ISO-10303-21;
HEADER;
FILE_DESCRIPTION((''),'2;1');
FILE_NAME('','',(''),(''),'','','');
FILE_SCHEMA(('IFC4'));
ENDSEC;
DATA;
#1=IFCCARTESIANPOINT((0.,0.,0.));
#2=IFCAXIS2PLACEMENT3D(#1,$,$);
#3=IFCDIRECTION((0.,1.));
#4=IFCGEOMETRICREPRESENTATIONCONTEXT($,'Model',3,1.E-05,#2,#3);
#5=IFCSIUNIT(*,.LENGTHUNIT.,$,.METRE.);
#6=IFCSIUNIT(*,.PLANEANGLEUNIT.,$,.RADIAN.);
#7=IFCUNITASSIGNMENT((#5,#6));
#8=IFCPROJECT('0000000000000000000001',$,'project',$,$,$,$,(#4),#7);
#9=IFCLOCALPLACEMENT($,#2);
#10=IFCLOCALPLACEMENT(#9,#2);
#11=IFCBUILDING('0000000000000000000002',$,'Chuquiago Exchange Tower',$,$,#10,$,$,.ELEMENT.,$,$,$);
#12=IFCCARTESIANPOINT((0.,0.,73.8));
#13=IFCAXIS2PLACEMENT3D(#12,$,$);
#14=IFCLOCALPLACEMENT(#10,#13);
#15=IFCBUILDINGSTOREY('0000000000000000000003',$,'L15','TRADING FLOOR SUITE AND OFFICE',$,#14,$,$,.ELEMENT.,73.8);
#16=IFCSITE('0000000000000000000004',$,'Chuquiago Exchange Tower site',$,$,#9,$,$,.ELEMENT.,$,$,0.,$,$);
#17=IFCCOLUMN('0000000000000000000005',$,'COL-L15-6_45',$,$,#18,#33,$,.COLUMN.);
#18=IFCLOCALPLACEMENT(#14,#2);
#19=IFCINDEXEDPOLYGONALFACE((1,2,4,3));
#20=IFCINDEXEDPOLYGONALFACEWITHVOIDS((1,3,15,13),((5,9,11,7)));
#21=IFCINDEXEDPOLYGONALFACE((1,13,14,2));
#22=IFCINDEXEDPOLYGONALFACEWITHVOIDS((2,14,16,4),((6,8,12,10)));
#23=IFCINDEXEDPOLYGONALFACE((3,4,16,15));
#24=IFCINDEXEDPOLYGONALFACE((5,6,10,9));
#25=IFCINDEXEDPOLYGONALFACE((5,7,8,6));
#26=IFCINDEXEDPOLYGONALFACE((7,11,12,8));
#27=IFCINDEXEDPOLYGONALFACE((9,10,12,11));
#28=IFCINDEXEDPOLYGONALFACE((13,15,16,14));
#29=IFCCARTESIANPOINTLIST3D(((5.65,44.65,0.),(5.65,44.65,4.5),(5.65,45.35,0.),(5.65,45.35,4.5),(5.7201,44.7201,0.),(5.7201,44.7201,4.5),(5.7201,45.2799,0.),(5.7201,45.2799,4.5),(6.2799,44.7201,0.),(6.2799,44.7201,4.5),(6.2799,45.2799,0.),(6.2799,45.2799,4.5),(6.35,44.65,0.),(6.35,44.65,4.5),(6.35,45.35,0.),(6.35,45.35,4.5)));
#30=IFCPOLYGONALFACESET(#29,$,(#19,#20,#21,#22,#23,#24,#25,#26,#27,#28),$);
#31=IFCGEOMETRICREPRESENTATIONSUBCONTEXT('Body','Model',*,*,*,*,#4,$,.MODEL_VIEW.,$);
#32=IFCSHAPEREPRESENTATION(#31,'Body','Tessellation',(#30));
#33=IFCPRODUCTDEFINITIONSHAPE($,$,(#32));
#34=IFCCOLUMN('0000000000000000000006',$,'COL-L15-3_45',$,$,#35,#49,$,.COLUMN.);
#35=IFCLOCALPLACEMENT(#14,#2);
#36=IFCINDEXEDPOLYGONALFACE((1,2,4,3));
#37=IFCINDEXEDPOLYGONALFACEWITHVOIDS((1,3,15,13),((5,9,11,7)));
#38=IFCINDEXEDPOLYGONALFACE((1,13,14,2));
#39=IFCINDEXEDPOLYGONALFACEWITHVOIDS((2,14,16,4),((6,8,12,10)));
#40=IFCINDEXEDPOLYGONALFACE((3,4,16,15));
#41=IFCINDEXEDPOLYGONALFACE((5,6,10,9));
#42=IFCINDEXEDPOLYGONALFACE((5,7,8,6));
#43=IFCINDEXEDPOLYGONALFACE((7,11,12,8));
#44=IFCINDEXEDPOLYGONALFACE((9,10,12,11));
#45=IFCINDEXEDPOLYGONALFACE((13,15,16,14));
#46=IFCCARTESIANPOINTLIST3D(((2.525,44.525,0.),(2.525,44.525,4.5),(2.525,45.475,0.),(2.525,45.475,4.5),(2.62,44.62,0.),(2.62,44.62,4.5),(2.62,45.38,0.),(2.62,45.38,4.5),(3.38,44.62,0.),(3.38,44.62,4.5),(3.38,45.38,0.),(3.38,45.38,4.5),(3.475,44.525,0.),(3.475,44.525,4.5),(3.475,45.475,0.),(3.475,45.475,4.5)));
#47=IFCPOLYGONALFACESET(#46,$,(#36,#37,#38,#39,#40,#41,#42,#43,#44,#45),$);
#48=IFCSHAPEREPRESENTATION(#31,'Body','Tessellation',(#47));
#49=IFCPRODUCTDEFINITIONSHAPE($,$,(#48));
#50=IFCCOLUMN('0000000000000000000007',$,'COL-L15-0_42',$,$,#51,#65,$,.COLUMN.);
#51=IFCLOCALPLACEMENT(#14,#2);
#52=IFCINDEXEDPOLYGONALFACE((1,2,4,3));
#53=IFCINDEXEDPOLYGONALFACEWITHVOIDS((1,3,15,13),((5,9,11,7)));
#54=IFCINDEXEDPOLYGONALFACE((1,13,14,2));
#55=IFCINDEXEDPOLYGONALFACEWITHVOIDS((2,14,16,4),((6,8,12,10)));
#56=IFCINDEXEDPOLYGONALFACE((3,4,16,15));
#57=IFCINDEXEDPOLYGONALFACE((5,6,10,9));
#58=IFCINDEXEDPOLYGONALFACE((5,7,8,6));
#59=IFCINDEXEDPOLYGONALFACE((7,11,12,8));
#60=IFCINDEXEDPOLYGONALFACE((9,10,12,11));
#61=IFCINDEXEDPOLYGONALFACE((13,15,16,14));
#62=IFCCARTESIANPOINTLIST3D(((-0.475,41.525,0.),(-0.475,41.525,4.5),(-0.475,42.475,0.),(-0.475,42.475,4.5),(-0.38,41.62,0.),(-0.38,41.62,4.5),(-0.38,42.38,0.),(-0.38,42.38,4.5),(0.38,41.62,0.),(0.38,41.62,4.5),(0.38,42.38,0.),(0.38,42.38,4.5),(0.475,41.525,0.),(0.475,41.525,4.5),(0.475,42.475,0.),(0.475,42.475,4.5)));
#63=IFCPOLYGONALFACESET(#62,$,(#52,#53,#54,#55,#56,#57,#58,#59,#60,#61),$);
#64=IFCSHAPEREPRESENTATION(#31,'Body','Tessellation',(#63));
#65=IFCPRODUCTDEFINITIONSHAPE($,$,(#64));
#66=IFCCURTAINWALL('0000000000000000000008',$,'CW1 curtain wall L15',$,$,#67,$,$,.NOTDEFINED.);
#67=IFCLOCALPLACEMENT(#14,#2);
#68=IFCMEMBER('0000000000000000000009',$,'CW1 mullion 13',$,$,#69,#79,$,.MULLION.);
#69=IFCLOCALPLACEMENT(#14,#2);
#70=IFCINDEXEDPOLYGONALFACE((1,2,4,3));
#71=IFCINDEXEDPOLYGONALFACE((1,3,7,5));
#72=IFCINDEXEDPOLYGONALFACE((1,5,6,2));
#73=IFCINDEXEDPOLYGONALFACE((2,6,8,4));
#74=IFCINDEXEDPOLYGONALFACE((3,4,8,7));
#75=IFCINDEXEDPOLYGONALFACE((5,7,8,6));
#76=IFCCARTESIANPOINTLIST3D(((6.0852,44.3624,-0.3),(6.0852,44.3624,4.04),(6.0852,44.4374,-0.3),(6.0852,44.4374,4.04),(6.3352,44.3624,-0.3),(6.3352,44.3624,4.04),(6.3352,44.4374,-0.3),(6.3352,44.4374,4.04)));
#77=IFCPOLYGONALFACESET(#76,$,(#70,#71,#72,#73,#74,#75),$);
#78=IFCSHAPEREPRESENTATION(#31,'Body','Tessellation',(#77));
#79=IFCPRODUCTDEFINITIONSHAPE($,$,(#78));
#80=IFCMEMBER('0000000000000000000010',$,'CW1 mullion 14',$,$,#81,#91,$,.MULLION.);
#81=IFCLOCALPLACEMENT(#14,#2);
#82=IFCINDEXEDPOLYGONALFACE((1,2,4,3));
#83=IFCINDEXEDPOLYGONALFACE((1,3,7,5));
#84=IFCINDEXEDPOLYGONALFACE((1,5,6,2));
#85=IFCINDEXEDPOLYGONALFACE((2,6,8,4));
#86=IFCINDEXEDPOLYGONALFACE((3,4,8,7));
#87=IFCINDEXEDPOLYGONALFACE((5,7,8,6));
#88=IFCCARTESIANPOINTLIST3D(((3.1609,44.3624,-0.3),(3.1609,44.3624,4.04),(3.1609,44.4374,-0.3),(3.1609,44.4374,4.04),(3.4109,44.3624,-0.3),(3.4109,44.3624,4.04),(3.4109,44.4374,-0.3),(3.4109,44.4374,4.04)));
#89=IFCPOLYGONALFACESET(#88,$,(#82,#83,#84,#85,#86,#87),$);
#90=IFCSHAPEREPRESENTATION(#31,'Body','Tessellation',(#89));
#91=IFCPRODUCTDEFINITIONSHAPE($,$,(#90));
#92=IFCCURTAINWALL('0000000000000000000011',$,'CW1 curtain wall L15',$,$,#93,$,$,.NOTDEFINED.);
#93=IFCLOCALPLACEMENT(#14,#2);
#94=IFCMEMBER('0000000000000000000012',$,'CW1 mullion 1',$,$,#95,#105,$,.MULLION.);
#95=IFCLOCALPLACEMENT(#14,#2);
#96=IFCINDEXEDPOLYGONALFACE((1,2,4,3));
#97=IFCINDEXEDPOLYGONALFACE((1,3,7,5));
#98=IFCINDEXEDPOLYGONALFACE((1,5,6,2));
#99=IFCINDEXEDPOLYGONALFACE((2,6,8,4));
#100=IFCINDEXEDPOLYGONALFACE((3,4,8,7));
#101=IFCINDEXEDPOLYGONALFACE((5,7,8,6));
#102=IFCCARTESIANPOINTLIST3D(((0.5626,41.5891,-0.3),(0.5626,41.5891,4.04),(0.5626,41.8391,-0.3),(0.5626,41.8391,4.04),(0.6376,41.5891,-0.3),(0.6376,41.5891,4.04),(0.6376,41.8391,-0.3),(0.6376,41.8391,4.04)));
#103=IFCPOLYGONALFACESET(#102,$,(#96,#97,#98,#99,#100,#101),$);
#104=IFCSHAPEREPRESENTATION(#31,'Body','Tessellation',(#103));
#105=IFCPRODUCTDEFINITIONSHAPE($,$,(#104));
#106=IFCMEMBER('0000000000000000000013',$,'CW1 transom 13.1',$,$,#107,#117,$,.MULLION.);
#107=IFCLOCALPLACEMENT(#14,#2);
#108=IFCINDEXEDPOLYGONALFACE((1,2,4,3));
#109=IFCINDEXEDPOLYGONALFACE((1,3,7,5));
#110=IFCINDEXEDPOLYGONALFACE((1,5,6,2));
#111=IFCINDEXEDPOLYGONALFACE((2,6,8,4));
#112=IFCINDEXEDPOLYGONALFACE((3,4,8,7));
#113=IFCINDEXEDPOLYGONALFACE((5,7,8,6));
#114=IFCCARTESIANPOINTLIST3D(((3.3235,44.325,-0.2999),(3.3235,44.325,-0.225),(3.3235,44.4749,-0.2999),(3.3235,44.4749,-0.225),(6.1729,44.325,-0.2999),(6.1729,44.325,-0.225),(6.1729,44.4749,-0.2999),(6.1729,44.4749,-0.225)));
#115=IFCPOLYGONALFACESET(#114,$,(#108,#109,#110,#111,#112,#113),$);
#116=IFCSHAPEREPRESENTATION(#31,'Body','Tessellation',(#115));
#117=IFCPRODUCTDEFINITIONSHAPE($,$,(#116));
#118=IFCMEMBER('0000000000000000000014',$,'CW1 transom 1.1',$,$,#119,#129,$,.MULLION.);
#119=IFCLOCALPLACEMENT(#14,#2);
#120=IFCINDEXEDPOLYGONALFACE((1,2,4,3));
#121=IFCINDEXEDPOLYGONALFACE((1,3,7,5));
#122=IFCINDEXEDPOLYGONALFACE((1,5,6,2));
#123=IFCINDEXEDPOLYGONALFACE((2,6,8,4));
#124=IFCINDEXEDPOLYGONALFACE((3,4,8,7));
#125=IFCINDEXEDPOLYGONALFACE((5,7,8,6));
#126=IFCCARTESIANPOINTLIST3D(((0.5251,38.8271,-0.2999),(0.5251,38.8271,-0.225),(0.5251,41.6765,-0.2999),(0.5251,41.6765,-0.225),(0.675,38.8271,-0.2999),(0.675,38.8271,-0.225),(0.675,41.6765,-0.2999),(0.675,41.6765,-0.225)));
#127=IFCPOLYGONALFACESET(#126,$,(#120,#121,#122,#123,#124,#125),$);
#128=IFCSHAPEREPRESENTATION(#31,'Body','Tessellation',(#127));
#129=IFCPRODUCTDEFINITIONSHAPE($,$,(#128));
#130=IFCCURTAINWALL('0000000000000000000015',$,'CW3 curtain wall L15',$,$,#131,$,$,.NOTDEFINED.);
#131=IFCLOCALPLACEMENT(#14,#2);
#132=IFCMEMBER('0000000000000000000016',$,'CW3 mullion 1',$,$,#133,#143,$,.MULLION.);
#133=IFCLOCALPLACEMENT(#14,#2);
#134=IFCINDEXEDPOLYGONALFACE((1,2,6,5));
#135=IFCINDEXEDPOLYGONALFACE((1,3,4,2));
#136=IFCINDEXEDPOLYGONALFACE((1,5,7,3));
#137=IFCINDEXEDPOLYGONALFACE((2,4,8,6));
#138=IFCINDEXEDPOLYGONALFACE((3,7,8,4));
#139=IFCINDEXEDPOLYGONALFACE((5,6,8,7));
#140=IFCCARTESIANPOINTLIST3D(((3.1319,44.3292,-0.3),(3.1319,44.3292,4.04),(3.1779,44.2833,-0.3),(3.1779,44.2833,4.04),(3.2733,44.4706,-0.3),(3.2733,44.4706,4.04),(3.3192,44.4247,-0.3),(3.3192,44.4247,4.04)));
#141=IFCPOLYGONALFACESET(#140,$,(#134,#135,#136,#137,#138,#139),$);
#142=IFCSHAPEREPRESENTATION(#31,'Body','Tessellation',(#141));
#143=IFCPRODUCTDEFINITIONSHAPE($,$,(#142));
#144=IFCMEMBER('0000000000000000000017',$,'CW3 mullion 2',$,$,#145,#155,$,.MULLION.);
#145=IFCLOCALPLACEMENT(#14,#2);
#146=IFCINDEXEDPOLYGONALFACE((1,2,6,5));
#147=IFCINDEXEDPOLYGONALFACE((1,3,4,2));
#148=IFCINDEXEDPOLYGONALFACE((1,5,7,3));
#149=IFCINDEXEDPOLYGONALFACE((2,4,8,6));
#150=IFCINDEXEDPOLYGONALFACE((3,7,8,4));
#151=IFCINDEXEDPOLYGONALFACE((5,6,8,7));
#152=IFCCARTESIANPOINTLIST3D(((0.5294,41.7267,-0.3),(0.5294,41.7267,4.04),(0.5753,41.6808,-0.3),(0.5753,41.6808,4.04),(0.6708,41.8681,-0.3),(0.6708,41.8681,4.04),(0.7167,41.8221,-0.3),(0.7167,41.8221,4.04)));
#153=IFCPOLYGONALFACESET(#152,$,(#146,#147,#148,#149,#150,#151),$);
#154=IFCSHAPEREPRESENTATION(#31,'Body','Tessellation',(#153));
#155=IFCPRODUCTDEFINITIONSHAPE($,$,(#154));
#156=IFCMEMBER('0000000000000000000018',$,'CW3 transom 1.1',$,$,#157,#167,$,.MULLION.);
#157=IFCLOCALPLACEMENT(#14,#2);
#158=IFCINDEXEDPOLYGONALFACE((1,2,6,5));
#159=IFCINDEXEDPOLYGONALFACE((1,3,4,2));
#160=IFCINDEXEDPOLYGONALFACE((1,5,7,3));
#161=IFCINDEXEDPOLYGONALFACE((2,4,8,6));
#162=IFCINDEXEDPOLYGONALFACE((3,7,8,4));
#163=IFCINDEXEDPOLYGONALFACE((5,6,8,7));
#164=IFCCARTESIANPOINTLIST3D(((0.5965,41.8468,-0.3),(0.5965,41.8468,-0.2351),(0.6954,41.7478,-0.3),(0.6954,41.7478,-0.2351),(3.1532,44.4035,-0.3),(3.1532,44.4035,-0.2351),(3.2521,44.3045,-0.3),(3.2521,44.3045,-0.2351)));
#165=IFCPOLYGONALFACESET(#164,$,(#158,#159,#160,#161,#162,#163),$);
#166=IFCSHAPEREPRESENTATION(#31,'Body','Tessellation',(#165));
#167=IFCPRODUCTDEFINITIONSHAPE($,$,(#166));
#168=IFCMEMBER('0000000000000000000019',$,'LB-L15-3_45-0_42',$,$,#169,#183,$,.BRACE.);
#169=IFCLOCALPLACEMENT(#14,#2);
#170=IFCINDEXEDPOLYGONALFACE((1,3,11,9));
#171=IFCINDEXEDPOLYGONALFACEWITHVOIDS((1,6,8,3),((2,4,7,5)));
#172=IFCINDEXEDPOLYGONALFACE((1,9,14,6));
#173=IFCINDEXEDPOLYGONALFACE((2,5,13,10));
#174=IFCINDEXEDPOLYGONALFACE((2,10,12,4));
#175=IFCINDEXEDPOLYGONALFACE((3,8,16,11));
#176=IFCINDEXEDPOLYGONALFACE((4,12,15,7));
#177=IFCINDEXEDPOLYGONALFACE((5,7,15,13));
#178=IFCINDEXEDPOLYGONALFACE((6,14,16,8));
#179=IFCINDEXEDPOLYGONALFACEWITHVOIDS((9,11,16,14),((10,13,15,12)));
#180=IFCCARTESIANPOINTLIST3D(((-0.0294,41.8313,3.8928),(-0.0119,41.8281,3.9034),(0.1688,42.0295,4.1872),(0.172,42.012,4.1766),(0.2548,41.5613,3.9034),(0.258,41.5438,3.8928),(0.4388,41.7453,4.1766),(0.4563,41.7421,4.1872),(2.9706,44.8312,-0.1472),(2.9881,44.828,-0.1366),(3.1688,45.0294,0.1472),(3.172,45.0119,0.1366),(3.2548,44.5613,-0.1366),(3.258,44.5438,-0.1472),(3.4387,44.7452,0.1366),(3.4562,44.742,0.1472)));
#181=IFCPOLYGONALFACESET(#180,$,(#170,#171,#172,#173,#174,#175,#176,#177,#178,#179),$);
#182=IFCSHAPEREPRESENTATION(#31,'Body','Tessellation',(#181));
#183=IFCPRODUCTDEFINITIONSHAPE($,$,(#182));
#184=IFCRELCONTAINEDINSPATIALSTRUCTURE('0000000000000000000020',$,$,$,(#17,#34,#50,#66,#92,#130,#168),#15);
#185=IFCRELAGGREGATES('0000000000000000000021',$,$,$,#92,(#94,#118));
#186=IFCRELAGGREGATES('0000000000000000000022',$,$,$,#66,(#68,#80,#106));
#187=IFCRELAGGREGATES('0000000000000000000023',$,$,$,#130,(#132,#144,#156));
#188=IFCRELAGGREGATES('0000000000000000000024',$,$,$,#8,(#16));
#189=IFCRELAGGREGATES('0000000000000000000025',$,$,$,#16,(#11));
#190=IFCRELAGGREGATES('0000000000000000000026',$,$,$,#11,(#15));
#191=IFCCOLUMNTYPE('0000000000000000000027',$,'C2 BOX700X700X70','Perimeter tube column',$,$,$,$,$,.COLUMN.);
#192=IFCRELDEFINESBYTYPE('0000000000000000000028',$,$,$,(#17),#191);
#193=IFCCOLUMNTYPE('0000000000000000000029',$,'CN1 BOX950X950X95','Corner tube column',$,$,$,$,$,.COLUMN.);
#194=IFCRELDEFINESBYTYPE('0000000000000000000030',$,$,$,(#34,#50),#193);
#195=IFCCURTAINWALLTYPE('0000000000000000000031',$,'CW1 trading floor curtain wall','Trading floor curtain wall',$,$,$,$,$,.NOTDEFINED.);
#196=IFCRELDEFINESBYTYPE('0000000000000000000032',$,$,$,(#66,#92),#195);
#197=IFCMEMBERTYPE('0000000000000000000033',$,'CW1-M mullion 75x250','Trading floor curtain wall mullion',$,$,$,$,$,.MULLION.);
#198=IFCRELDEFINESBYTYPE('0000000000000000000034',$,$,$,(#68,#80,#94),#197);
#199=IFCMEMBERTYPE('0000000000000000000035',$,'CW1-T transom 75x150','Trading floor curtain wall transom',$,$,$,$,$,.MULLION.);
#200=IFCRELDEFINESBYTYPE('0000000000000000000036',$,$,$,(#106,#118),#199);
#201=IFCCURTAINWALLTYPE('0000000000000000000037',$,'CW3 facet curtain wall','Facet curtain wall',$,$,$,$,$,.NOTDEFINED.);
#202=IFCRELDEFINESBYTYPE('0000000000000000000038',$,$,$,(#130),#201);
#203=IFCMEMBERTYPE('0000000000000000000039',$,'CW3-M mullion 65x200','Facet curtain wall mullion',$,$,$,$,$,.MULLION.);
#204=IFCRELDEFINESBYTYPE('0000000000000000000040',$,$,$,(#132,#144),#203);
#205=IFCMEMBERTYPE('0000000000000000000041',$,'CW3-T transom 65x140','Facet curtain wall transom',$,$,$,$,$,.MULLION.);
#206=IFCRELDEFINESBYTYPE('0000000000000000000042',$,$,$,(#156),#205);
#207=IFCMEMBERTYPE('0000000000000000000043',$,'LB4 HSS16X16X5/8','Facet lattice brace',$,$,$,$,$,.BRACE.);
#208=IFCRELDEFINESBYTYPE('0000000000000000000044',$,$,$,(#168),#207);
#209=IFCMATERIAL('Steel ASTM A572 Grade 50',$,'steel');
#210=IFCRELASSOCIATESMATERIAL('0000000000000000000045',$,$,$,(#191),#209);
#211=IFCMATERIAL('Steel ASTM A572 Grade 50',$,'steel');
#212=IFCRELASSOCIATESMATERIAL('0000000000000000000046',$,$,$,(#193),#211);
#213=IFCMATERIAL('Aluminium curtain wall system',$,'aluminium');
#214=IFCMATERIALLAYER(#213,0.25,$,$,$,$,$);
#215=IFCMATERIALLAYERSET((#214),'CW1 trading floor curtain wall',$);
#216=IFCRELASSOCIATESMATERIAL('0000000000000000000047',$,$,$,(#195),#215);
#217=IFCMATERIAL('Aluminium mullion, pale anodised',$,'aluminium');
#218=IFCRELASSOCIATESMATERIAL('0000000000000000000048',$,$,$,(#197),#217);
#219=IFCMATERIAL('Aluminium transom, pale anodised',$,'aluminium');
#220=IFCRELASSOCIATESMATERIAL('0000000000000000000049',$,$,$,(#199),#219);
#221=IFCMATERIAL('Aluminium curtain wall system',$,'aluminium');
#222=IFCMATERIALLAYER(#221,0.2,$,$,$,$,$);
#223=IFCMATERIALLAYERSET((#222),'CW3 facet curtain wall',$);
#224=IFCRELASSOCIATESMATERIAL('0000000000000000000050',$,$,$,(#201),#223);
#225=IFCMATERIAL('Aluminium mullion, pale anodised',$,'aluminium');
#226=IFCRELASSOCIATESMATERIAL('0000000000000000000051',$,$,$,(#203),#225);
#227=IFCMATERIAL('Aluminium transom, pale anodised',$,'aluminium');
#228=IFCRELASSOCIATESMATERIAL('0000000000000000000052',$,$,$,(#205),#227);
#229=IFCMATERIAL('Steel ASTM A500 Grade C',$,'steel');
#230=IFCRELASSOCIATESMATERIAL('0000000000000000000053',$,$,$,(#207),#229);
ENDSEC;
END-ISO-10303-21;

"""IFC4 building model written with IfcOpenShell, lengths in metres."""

from ifc_helpers import new_model, si_unit, direction, frame, origin, origin_2d, place, context, subcontext, project, spatial, rectangle, hollow_rectangle, extrude, material, layer, layer_set, material_profile, profile_set, type_object, element, aggregate, save


model = new_model("IFC4")

# Units and contexts
model_context = context("Model", 3, precision=1e-05, world=origin(), true_north=direction((0.0, 1.0)))
body_context = subcontext(model_context, "Body", "Model", "MODEL_VIEW")
ifc_project = project(units=[si_unit("LENGTHUNIT", "METRE"), si_unit("PLANEANGLEUNIT", "RADIAN")], contexts=[model_context])

# Site, building, storey
site_placement = place(None, origin())
site = spatial("IfcSite", under=ifc_project, at=site_placement, Name="Chuquiago Exchange Tower site", CompositionType="ELEMENT", RefElevation=0.0)
building_placement = place(site_placement, origin())
building = spatial("IfcBuilding", under=site, at=building_placement, Name="Chuquiago Exchange Tower", CompositionType="ELEMENT")
storey_placement = place(building_placement, frame((0.0, 0.0, 73.8)))
storey = spatial("IfcBuildingStorey", under=building, at=storey_placement, Name="L15", Description="TRADING FLOOR SUITE AND OFFICE", CompositionType="ELEMENT", Elevation=73.8)

# Columns
ifc_material_1 = material(Name="Steel ASTM A572 Grade 50", Category="steel")
ifc_material_profile_1 = material_profile(ifc_material_1, hollow_rectangle(XDim=0.7, YDim=0.7, WallThickness=0.0701, at=origin_2d()), Name="BOX700X700X70")
ifc_profile_set_1 = profile_set([ifc_material_profile_1], Name="Steel ASTM A572 Grade 50")
column_type_1 = type_object("IfcColumnType", Name="C2 BOX700X700X70", Description="Perimeter tube column", PredefinedType="COLUMN", material=ifc_profile_set_1)
column_placement = place(storey_placement, frame((6.0, 45.0, 0.0), z_axis=(0.0, 0.0, 1.0), x_axis=(0.0, 1.0, 0.0)))
element("IfcColumn", 1, at=column_placement, inside=storey, type_object=column_type_1, Name="COL-L15-6_45", PredefinedType="COLUMN", context=body_context, shape_type="SweptSolid", body=[
    extrude(hollow_rectangle(XDim=0.7, YDim=0.7, WallThickness=0.0701, at=origin_2d()), origin(), (0.0, 0.0, 1.0), 4.5),
])
ifc_material_2 = material(Name="Steel ASTM A572 Grade 50", Category="steel")
ifc_material_profile_2 = material_profile(ifc_material_2, hollow_rectangle(XDim=0.95, YDim=0.95, WallThickness=0.095, at=origin_2d()), Name="BOX950X950X95")
ifc_profile_set_2 = profile_set([ifc_material_profile_2], Name="Steel ASTM A572 Grade 50")
column_type_2 = type_object("IfcColumnType", Name="CN1 BOX950X950X95", Description="Corner tube column", PredefinedType="COLUMN", material=ifc_profile_set_2)
for number, where, z_axis, x_axis, name in (
    (2, (3.0, 45.0, 0.0), (0.0, 0.0, 1.0), (0.0, 1.0, 0.0), "COL-L15-3_45"),
    (3, (0.0, 42.0, 0.0), (0.0, 0.0, 1.0), (-1.0, 0.0, 0.0), "COL-L15-0_42"),
):
    element("IfcColumn", number, at=place(storey_placement, frame(where, z_axis=z_axis, x_axis=x_axis)), inside=storey, type_object=column_type_2, Name=name, PredefinedType="COLUMN", context=body_context, shape_type="SweptSolid", body=[
        extrude(hollow_rectangle(XDim=0.95, YDim=0.95, WallThickness=0.095, at=origin_2d()), origin(), (0.0, 0.0, 1.0), 4.5),
    ])

# Curtain wall, members
ifc_material_3 = material(Name="Aluminium curtain wall system", Category="aluminium")
ifc_layer_1 = layer(ifc_material_3, 0.25)
ifc_layer_set_1 = layer_set([ifc_layer_1], Name="CW1 trading floor curtain wall")
curtain_wall_type_1 = type_object("IfcCurtainWallType", Name="CW1 trading floor curtain wall", Description="Trading floor curtain wall", PredefinedType="NOTDEFINED", material=ifc_layer_set_1)
curtain_wall_1_placement = place(storey_placement, origin())
curtain_wall_1 = element("IfcCurtainWall", 4, at=curtain_wall_1_placement, inside=storey, type_object=curtain_wall_type_1, Name="CW1 curtain wall L15", PredefinedType="NOTDEFINED")
ifc_material_4 = material(Name="Aluminium mullion, pale anodised", Category="aluminium")
ifc_material_profile_3 = material_profile(ifc_material_4, rectangle(XDim=0.075, YDim=0.25, at=origin_2d()), Name="AL 75x250")
ifc_profile_set_3 = profile_set([ifc_material_profile_3], Name="Aluminium mullion, pale anodised")
member_type_1 = type_object("IfcMemberType", Name="CW1-M mullion 75x250", Description="Trading floor curtain wall mullion", PredefinedType="MULLION", material=ifc_profile_set_3)
member_1_placement = place(storey_placement, frame((6.2102, 44.3999, -0.3), z_axis=(0.0, 0.0, 1.0), x_axis=(0.0, -1.0, 0.0)))
member_1 = element("IfcMember", 5, at=member_1_placement, type_object=member_type_1, Name="CW1 mullion 13", PredefinedType="MULLION", context=body_context, shape_type="SweptSolid", body=[
    extrude(rectangle(XDim=0.075, YDim=0.25, at=origin_2d()), origin(), (0.0, 0.0, 1.0), 4.3401),
])
member_2_placement = place(storey_placement, frame((3.2859, 44.3999, -0.3), z_axis=(0.0, 0.0, 1.0), x_axis=(0.0, -1.0, 0.0)))
member_2 = element("IfcMember", 6, at=member_2_placement, type_object=member_type_1, Name="CW1 mullion 14", PredefinedType="MULLION", context=body_context, shape_type="SweptSolid", body=[
    extrude(rectangle(XDim=0.075, YDim=0.25, at=origin_2d()), origin(), (0.0, 0.0, 1.0), 4.3401),
])

# Curtain wall, member
curtain_wall_2_placement = place(storey_placement, origin())
curtain_wall_2 = element("IfcCurtainWall", 7, at=curtain_wall_2_placement, inside=storey, type_object=curtain_wall_type_1, Name="CW1 curtain wall L15", PredefinedType="NOTDEFINED")
member_3_placement = place(storey_placement, frame((0.6001, 41.7141, -0.3), z_axis=(0.0, 0.0, 1.0), x_axis=(1.0, 0.0, 0.0)))
member_3 = element("IfcMember", 8, at=member_3_placement, type_object=member_type_1, Name="CW1 mullion 1", PredefinedType="MULLION", context=body_context, shape_type="SweptSolid", body=[
    extrude(rectangle(XDim=0.075, YDim=0.25, at=origin_2d()), origin(), (0.0, 0.0, 1.0), 4.3401),
])

# Members
ifc_material_5 = material(Name="Aluminium transom, pale anodised", Category="aluminium")
ifc_material_profile_4 = material_profile(ifc_material_5, rectangle(XDim=0.1499, YDim=0.075, at=origin_2d()), Name="AL 150x75")
ifc_profile_set_4 = profile_set([ifc_material_profile_4], Name="Aluminium transom, pale anodised")
member_type_2 = type_object("IfcMemberType", Name="CW1-T transom 75x150", Description="Trading floor curtain wall transom", PredefinedType="MULLION", material=ifc_profile_set_4)
member_4_placement = place(storey_placement, frame((6.1729, 44.3999, -0.2625), z_axis=(-1.0, 0.0, 0.0), x_axis=(0.0, -1.0, 0.0)))
member_4 = element("IfcMember", 9, at=member_4_placement, type_object=member_type_2, Name="CW1 transom 13.1", PredefinedType="MULLION", context=body_context, shape_type="SweptSolid", body=[
    extrude(rectangle(XDim=0.1499, YDim=0.075, at=origin_2d()), origin(), (0.0, 0.0, 1.0), 2.8494),
])
member_5_placement = place(storey_placement, frame((0.6001, 41.6765, -0.2625), z_axis=(0.0, -1.0, 0.0), x_axis=(1.0, 0.0, 0.0)))
member_5 = element("IfcMember", 10, at=member_5_placement, type_object=member_type_2, Name="CW1 transom 1.1", PredefinedType="MULLION", context=body_context, shape_type="SweptSolid", body=[
    extrude(rectangle(XDim=0.1499, YDim=0.075, at=origin_2d()), origin(), (0.0, 0.0, 1.0), 2.8494),
])
aggregate(curtain_wall_2, [member_3, member_5])

# Curtain wall, members
ifc_material_6 = material(Name="Aluminium curtain wall system", Category="aluminium")
ifc_layer_2 = layer(ifc_material_6, 0.2)
ifc_layer_set_2 = layer_set([ifc_layer_2], Name="CW3 facet curtain wall")
curtain_wall_type_2 = type_object("IfcCurtainWallType", Name="CW3 facet curtain wall", Description="Facet curtain wall", PredefinedType="NOTDEFINED", material=ifc_layer_set_2)
curtain_wall_3_placement = place(storey_placement, origin())
curtain_wall_3 = element("IfcCurtainWall", 11, at=curtain_wall_3_placement, inside=storey, type_object=curtain_wall_type_2, Name="CW3 curtain wall L15", PredefinedType="NOTDEFINED")
ifc_material_7 = material(Name="Aluminium mullion, pale anodised", Category="aluminium")
ifc_material_profile_5 = material_profile(ifc_material_7, rectangle(XDim=0.0649, YDim=0.2, at=origin_2d()), Name="AL 65x200")
ifc_profile_set_5 = profile_set([ifc_material_profile_5], Name="Aluminium mullion, pale anodised")
member_type_3 = type_object("IfcMemberType", Name="CW3-M mullion 65x200", Description="Facet curtain wall mullion", PredefinedType="MULLION", material=ifc_profile_set_5)
member_6_placement = place(storey_placement, frame((3.2256, 44.377, -0.3), z_axis=(0.0, 0.0, 1.0), x_axis=(0.707107, -0.707107, 0.0)))
member_6 = element("IfcMember", 12, at=member_6_placement, type_object=member_type_3, Name="CW3 mullion 1", PredefinedType="MULLION", context=body_context, shape_type="SweptSolid", body=[
    extrude(rectangle(XDim=0.0649, YDim=0.2, at=origin_2d()), origin(), (0.0, 0.0, 1.0), 4.3401),
])
member_7_placement = place(storey_placement, frame((0.623, 41.7744, -0.3), z_axis=(0.0, 0.0, 1.0), x_axis=(0.707107, -0.707107, 0.0)))
member_7 = element("IfcMember", 13, at=member_7_placement, type_object=member_type_3, Name="CW3 mullion 2", PredefinedType="MULLION", context=body_context, shape_type="SweptSolid", body=[
    extrude(rectangle(XDim=0.0649, YDim=0.2, at=origin_2d()), origin(), (0.0, 0.0, 1.0), 4.3401),
])
ifc_material_8 = material(Name="Aluminium transom, pale anodised", Category="aluminium")
ifc_material_profile_6 = material_profile(ifc_material_8, rectangle(XDim=0.1399, YDim=0.0649, at=origin_2d()), Name="AL 140x65")
ifc_profile_set_6 = profile_set([ifc_material_profile_6], Name="Aluminium transom, pale anodised")
member_type_4 = type_object("IfcMemberType", Name="CW3-T transom 65x140", Description="Facet curtain wall transom", PredefinedType="MULLION", material=ifc_profile_set_6)
member_8_placement = place(storey_placement, frame((3.2026, 44.354, -0.2676), z_axis=(-0.707107, -0.707107, 0.0), x_axis=(0.707107, -0.707107, 0.0)))
member_8 = element("IfcMember", 14, at=member_8_placement, type_object=member_type_4, Name="CW3 transom 1.1", PredefinedType="MULLION", context=body_context, shape_type="SweptSolid", body=[
    extrude(rectangle(XDim=0.1399, YDim=0.0649, at=origin_2d()), origin(), (0.0, 0.0, 1.0), 3.6157),
])

# Member
ifc_material_9 = material(Name="Steel ASTM A500 Grade C", Category="steel")
ifc_material_profile_7 = material_profile(ifc_material_9, hollow_rectangle(XDim=0.4065, YDim=0.4065, WallThickness=0.0146, at=origin_2d()), Name="HSS16X16X5/8")
ifc_profile_set_7 = profile_set([ifc_material_profile_7], Name="Steel ASTM A500 Grade C")
member_type_5 = type_object("IfcMemberType", Name="LB4 HSS16X16X5/8", Description="Facet lattice brace", PredefinedType="BRACE", material=ifc_profile_set_7)
member_9_placement = place(storey_placement, frame((3.2134, 44.7866, 0.0), z_axis=(-0.512077, -0.512077, 0.689604), x_axis=(0.707107, -0.707107, 0.0)))
element("IfcMember", 15, at=member_9_placement, inside=storey, type_object=member_type_5, Name="LB-L15-3_45-0_42", PredefinedType="BRACE", context=body_context, shape_type="SweptSolid", body=[
    extrude(hollow_rectangle(XDim=0.4065, YDim=0.4065, WallThickness=0.0146, at=origin_2d()), origin(), (0.0, 0.0, 1.0), 5.8584),
])

aggregate(curtain_wall_1, [member_1, member_2, member_4])
aggregate(curtain_wall_3, [member_6, member_7, member_8])

save(model, "model.ifc")
